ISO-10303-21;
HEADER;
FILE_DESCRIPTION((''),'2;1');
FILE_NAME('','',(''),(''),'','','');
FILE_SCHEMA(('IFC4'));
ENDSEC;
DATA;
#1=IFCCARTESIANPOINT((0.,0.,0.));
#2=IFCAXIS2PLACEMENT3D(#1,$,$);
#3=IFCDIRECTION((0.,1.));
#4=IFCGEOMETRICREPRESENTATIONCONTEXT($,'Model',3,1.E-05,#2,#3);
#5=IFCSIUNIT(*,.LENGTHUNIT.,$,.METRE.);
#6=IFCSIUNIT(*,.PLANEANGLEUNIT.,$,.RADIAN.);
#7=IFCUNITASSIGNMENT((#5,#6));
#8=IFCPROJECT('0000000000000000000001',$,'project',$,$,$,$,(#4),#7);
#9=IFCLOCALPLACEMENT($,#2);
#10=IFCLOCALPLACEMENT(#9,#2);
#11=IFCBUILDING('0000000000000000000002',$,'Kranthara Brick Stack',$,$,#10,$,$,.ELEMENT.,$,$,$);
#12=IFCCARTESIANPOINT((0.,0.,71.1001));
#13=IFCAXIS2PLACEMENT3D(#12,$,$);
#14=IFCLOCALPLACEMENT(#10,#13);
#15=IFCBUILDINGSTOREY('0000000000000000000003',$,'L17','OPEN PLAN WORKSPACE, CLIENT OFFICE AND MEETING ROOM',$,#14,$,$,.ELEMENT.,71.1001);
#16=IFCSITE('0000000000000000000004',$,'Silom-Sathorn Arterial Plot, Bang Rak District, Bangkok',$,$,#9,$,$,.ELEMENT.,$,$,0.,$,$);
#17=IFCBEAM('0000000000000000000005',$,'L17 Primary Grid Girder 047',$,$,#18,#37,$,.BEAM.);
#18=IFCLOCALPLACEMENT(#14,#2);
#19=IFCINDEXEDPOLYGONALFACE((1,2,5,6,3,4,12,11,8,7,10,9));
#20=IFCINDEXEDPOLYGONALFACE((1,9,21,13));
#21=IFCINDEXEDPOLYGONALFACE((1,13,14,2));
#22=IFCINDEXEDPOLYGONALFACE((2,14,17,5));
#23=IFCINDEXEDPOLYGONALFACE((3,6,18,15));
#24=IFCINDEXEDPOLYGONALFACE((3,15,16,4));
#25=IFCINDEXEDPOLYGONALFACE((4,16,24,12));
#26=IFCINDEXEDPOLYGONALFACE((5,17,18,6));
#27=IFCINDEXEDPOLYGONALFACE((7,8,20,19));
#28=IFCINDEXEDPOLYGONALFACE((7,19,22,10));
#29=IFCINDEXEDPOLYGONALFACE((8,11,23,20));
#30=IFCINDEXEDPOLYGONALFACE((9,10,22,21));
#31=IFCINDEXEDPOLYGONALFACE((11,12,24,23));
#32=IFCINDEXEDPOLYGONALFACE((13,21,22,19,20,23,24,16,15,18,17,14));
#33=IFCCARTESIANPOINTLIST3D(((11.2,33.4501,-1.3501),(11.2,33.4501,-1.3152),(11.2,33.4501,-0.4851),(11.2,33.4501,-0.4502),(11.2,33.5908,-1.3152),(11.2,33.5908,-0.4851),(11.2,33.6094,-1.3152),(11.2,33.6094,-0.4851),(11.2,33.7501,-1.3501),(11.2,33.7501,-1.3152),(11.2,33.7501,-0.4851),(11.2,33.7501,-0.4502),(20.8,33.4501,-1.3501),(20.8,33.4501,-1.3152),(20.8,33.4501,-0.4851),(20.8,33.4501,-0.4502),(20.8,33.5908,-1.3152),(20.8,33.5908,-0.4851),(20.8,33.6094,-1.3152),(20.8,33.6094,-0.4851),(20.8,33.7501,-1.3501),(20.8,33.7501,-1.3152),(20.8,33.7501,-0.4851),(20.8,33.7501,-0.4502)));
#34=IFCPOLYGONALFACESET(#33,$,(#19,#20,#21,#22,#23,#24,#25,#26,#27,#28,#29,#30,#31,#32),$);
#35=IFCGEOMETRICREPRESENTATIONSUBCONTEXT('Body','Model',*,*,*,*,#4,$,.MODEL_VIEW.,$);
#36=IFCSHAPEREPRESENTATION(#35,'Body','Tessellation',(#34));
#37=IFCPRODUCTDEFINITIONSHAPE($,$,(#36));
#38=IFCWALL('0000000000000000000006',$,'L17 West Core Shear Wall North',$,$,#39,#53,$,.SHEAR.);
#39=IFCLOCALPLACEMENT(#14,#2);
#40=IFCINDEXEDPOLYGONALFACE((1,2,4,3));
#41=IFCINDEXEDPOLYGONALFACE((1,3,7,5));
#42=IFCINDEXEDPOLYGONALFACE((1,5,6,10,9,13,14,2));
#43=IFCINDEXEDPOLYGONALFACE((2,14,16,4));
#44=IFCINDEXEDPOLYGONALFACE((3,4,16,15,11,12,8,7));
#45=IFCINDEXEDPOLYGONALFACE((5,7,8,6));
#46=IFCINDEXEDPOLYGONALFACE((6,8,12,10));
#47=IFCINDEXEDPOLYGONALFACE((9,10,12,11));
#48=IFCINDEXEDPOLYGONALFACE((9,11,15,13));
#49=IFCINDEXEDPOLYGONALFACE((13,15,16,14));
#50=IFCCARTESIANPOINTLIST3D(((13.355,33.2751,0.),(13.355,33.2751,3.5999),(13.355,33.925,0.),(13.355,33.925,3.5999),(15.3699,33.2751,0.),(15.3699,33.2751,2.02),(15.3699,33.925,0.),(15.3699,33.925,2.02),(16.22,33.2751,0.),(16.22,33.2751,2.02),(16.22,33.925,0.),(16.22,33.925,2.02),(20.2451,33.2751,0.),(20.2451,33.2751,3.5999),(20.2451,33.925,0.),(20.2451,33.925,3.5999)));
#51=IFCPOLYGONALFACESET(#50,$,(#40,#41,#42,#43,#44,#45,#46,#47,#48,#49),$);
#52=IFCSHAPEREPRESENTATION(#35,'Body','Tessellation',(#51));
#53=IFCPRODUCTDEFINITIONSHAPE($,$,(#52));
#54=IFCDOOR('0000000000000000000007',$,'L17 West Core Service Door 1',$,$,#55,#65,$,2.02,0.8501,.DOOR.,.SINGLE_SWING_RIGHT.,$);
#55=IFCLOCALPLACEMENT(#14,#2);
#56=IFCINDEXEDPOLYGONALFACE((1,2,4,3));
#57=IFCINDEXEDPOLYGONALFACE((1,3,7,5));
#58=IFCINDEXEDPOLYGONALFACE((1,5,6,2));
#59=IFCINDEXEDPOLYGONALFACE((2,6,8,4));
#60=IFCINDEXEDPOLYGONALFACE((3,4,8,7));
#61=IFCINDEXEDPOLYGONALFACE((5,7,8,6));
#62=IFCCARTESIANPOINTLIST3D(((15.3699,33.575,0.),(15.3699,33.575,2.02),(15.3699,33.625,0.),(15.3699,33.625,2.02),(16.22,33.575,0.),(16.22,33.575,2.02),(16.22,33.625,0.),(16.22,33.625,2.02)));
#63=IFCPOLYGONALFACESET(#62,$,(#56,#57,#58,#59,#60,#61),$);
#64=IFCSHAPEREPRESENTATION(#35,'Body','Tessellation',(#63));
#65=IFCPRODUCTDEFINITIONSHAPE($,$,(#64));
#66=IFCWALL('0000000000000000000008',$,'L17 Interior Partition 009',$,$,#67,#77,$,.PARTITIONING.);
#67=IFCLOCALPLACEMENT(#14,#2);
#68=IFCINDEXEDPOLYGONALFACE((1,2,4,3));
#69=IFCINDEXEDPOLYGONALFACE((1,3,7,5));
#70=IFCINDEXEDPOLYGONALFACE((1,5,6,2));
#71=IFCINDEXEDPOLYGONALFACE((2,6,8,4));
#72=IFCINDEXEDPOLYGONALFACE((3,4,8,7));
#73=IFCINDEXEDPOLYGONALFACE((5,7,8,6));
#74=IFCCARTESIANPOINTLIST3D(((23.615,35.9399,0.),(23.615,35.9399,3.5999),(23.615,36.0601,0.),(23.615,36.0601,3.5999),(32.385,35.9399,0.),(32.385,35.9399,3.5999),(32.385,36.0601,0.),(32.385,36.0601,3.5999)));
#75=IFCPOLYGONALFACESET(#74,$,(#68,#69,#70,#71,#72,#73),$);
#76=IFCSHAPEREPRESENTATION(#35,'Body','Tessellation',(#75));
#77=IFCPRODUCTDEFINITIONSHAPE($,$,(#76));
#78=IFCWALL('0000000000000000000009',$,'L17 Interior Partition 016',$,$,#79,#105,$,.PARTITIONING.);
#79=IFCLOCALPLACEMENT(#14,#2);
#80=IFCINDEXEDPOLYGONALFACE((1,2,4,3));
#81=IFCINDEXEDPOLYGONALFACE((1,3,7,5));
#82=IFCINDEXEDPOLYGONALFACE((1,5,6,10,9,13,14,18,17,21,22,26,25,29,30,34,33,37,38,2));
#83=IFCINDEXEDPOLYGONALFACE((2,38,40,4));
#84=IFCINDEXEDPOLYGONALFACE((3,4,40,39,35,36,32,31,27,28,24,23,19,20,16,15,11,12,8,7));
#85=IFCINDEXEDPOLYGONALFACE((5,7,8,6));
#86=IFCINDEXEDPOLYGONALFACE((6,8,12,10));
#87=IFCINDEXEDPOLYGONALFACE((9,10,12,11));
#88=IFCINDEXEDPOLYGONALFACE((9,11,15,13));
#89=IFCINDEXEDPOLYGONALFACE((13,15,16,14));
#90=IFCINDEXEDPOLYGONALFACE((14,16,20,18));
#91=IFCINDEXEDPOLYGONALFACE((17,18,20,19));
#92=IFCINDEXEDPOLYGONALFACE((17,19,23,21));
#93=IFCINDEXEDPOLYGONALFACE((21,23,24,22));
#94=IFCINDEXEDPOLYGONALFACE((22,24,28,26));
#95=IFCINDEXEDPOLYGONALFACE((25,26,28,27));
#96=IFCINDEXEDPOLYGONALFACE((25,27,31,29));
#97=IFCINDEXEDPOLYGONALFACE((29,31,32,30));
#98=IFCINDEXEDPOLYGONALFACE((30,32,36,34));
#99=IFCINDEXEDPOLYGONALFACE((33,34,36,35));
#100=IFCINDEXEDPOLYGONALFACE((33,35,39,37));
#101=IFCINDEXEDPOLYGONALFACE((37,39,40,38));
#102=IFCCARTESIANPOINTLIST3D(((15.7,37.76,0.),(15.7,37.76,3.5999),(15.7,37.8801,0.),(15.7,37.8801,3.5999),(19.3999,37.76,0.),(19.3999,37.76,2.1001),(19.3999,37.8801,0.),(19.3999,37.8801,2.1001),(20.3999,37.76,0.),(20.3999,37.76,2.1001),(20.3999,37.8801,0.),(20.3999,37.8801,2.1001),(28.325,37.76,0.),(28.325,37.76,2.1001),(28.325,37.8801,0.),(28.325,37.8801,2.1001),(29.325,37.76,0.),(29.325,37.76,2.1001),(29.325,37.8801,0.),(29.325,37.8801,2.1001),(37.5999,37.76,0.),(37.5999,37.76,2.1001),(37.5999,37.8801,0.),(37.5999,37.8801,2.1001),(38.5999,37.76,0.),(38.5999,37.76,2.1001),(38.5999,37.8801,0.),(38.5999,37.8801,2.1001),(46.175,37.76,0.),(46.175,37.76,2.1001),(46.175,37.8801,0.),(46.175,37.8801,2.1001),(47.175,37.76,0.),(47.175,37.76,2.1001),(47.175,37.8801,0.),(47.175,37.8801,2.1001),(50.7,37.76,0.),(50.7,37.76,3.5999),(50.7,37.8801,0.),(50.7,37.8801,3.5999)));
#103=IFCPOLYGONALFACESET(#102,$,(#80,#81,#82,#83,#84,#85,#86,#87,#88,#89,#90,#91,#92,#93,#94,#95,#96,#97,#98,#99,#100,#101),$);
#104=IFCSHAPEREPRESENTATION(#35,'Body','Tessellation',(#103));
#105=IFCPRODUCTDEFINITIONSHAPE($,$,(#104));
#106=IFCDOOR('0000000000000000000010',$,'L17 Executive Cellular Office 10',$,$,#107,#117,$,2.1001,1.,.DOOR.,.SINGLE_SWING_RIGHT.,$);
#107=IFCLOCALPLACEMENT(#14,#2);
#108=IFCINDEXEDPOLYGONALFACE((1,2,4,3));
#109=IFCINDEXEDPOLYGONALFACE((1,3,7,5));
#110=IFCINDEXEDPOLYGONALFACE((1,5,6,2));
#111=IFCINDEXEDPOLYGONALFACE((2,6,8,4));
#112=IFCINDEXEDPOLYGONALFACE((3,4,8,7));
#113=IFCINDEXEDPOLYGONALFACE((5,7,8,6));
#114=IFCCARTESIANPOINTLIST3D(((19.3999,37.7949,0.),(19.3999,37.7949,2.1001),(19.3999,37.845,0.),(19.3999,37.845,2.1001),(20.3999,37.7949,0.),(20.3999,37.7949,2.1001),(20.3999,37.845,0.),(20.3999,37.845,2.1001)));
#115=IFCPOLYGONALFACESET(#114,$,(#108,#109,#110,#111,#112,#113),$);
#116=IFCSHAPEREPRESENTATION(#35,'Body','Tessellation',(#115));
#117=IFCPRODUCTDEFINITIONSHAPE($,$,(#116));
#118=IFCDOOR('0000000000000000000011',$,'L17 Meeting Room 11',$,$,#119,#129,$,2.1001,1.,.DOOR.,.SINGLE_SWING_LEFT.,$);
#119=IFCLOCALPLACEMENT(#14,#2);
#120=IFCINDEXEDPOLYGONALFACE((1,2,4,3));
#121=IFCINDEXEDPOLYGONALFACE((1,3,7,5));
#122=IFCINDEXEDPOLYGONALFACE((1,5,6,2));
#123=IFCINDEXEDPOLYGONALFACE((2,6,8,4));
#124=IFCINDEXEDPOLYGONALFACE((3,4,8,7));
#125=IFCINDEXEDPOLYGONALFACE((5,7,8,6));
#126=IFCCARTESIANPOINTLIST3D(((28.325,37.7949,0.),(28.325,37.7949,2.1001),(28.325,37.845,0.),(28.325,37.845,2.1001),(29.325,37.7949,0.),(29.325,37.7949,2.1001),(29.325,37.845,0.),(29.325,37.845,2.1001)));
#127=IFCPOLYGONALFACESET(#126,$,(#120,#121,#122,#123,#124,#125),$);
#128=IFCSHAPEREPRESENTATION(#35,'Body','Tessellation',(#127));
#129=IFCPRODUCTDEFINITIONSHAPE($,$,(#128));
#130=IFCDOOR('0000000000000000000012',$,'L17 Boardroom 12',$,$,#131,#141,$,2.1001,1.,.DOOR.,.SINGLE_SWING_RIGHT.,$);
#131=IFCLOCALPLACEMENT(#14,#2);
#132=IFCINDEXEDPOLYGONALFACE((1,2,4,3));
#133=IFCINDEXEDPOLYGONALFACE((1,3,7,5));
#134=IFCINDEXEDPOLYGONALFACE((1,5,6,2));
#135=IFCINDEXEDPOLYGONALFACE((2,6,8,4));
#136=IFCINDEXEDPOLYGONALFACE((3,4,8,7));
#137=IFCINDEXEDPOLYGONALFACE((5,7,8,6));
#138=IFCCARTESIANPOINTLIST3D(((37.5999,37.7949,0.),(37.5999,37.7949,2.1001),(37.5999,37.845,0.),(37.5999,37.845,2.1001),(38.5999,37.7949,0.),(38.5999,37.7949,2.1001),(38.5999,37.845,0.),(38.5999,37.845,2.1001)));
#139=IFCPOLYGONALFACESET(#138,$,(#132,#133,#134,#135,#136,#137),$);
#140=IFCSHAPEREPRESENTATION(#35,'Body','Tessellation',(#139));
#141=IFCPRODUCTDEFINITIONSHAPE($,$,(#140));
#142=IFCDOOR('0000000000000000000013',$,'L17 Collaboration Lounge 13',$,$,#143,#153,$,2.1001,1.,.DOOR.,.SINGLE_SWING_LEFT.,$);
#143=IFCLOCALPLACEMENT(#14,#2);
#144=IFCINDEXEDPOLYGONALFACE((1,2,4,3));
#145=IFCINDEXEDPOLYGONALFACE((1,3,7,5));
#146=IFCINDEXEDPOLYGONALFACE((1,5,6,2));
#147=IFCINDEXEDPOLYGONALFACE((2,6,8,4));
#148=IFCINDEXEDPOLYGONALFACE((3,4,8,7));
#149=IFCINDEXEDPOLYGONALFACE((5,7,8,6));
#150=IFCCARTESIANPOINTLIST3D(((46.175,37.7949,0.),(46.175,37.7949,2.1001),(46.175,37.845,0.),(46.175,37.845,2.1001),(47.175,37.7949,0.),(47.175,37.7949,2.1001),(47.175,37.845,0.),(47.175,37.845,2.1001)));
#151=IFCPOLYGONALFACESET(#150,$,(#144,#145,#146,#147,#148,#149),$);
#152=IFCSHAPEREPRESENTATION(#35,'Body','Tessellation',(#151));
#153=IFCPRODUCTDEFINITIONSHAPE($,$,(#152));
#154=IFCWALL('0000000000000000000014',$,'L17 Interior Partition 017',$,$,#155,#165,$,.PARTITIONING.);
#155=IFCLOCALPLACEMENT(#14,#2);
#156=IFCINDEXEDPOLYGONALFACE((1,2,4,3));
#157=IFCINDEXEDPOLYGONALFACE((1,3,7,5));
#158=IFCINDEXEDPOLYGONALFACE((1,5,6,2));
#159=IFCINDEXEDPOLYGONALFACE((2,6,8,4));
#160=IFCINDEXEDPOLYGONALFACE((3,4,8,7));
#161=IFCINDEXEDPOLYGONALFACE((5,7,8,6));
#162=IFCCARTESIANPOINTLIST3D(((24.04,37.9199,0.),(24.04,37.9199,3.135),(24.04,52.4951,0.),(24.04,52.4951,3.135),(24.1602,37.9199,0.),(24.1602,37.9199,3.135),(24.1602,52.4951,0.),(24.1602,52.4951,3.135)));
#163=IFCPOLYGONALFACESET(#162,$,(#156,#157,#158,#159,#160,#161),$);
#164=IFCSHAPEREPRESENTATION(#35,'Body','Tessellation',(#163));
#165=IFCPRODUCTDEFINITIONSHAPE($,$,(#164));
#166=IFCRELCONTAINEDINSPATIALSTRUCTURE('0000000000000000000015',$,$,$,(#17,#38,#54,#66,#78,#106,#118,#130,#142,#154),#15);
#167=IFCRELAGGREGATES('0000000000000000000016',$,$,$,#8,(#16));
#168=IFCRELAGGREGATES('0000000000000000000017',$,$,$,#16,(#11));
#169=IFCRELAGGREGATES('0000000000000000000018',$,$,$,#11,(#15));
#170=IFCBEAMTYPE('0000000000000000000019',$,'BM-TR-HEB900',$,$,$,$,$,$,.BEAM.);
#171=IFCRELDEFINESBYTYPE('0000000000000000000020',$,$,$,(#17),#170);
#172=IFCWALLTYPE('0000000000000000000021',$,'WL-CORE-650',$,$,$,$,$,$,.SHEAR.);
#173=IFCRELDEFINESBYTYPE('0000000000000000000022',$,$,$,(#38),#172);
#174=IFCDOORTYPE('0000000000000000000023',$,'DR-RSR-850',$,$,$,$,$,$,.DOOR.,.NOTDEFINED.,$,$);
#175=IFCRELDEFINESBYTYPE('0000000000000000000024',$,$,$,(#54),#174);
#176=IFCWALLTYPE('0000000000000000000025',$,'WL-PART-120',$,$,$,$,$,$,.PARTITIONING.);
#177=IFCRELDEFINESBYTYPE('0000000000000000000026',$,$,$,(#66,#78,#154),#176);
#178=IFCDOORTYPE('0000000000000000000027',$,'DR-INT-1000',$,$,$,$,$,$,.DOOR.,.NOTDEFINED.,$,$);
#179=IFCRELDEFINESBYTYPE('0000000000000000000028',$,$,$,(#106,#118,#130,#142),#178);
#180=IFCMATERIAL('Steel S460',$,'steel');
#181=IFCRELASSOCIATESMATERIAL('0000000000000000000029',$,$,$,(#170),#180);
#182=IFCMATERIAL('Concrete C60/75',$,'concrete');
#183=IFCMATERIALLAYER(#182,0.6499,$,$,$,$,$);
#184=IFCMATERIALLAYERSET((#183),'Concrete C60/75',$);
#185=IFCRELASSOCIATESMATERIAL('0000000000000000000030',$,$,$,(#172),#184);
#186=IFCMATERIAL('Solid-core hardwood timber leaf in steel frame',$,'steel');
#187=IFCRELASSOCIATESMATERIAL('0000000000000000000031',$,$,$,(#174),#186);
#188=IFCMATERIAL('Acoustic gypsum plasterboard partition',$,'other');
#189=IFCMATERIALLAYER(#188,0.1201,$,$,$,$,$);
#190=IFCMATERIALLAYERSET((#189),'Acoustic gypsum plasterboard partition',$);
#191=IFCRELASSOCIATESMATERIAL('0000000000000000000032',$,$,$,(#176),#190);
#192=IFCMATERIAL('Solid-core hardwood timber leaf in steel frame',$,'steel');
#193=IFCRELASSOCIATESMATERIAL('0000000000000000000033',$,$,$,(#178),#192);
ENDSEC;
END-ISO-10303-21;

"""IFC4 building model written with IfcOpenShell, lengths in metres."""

from ifc_helpers import new_model, si_unit, direction, frame, frame_2d, origin, origin_2d, place, context, subcontext, project, spatial, rectangle, i_section, extrude, material, layer, layer_set, material_profile, profile_set, type_object, element, fill, save


model = new_model("IFC4")

# Units and contexts
model_context = context("Model", 3, precision=1e-05, world=origin(), true_north=direction((0.0, 1.0)))
body_context = subcontext(model_context, "Body", "Model", "MODEL_VIEW")
ifc_project = project(units=[si_unit("LENGTHUNIT", "METRE"), si_unit("PLANEANGLEUNIT", "RADIAN")], contexts=[model_context])

# Site, building, storey
site_placement = place(None, origin())
site = spatial("IfcSite", under=ifc_project, at=site_placement, Name="Silom-Sathorn Arterial Plot, Bang Rak District, Bangkok", CompositionType="ELEMENT", RefElevation=0.0)
building_placement = place(site_placement, origin())
building = spatial("IfcBuilding", under=site, at=building_placement, Name="Kranthara Brick Stack", CompositionType="ELEMENT")
storey_placement = place(building_placement, frame((0.0, 0.0, 71.1001)))
storey = spatial("IfcBuildingStorey", under=building, at=storey_placement, Name="L17", Description="OPEN PLAN WORKSPACE, CLIENT OFFICE AND MEETING ROOM", CompositionType="ELEMENT", Elevation=71.1001)

# Beam
ifc_material_1 = material(Name="Steel S460", Category="steel")
ifc_material_profile_1 = material_profile(ifc_material_1, i_section(OverallWidth=0.3, OverallDepth=0.8999, WebThickness=0.0186, FlangeThickness=0.0349, at=origin_2d()), Name="HEB 900")
ifc_profile_set_1 = profile_set([ifc_material_profile_1], Name="Steel S460")
beam_type_1 = type_object("IfcBeamType", Name="BM-TR-HEB900", PredefinedType="BEAM", material=ifc_profile_set_1)
beam_1_placement = place(storey_placement, frame((11.2, 33.6001, -0.9001), z_axis=(1.0, 0.0, 0.0), x_axis=(0.0, 1.0, 0.0)))
element("IfcBeam", 1, at=beam_1_placement, inside=storey, type_object=beam_type_1, Name="L17 Primary Grid Girder 047", PredefinedType="BEAM", context=body_context, shape_type="SweptSolid", body=[
    extrude(i_section(OverallWidth=0.3, OverallDepth=0.8999, WebThickness=0.0186, FlangeThickness=0.0349, at=origin_2d()), origin(), (0.0, 0.0, 1.0), 9.6001),
])

# Wall, opening, door
ifc_material_2 = material(Name="Concrete C60/75", Category="concrete")
ifc_layer_1 = layer(ifc_material_2, 0.6499)
ifc_layer_set_1 = layer_set([ifc_layer_1], Name="Concrete C60/75")
wall_type_1 = type_object("IfcWallType", Name="WL-CORE-650", PredefinedType="SHEAR", material=ifc_layer_set_1)
wall_1_placement = place(storey_placement, frame((13.355, 33.6001, 0.0), z_axis=(0.0, 0.0, 1.0), x_axis=(1.0, 0.0, 0.0)))
wall_1 = element("IfcWall", 2, at=wall_1_placement, inside=storey, type_object=wall_type_1, Name="L17 West Core Shear Wall North", PredefinedType="SHEAR", context=body_context, shape_type="SweptSolid", body=[
    extrude(rectangle(XDim=6.8901, YDim=0.6499, at=frame_2d((3.4451, 0.0))), origin(), (0.0, 0.0, 1.0), 3.5999),
])
opening_1_placement = place(wall_1_placement, frame((2.0149, 0.0, 0.0)))
opening_1 = element("IfcOpeningElement", 3, at=opening_1_placement, cuts=wall_1, PredefinedType="OPENING", context=body_context, shape_type="SweptSolid", body=[
    extrude(rectangle(XDim=0.8501, YDim=2.02, at=frame_2d((0.425, 1.01))), frame((0.0, 0.335, 0.0), z_axis=(0.0, -1.0, 0.0), x_axis=(1.0, 0.0, 0.0)), (0.0, 0.0, 1.0), 0.6699),
])
ifc_material_3 = material(Name="Solid-core hardwood timber leaf in steel frame", Category="steel")
door_type_1 = type_object("IfcDoorType", Name="DR-RSR-850", OperationType="NOTDEFINED", PredefinedType="DOOR", material=ifc_material_3)
door_1_placement = place(opening_1_placement, origin())
door_1 = element("IfcDoor", 4, at=door_1_placement, inside=storey, type_object=door_type_1, Name="L17 West Core Service Door 1", OperationType="SINGLE_SWING_RIGHT", OverallHeight=2.02, OverallWidth=0.8501, PredefinedType="DOOR", context=body_context, shape_type="SweptSolid", body=[
    extrude(rectangle(XDim=0.8501, YDim=2.02, at=frame_2d((0.425, 1.01))), frame((0.0, 0.0249, 0.0), z_axis=(0.0, -1.0, 0.0), x_axis=(1.0, 0.0, 0.0)), (0.0, 0.0, 1.0), 0.05),
])
fill(opening_1, door_1)

# Wall
ifc_material_4 = material(Name="Acoustic gypsum plasterboard partition", Category="other")
ifc_layer_2 = layer(ifc_material_4, 0.1201)
ifc_layer_set_2 = layer_set([ifc_layer_2], Name="Acoustic gypsum plasterboard partition")
wall_type_2 = type_object("IfcWallType", Name="WL-PART-120", PredefinedType="PARTITIONING", material=ifc_layer_set_2)
wall_2_placement = place(storey_placement, frame((23.615, 36.0, 0.0), z_axis=(0.0, 0.0, 1.0), x_axis=(1.0, 0.0, 0.0)))
element("IfcWall", 5, at=wall_2_placement, inside=storey, type_object=wall_type_2, Name="L17 Interior Partition 009", PredefinedType="PARTITIONING", context=body_context, shape_type="SweptSolid", body=[
    extrude(rectangle(XDim=8.77, YDim=0.1201, at=frame_2d((4.385, 0.0))), origin(), (0.0, 0.0, 1.0), 3.5999),
])

# Wall, openings, doors
wall_3_placement = place(storey_placement, frame((15.7, 37.8201, 0.0), z_axis=(0.0, 0.0, 1.0), x_axis=(1.0, 0.0, 0.0)))
wall_3 = element("IfcWall", 6, at=wall_3_placement, inside=storey, type_object=wall_type_2, Name="L17 Interior Partition 016", PredefinedType="PARTITIONING", context=body_context, shape_type="SweptSolid", body=[
    extrude(rectangle(XDim=35.0, YDim=0.1201, at=frame_2d((17.5, 0.0))), origin(), (0.0, 0.0, 1.0), 3.5999),
])
opening_2_placement = place(wall_3_placement, frame((3.7, 0.0, 0.0)))
opening_2 = element("IfcOpeningElement", 7, at=opening_2_placement, cuts=wall_3, PredefinedType="OPENING", context=body_context, shape_type="SweptSolid", body=[
    extrude(rectangle(XDim=1.0, YDim=2.1001, at=frame_2d((0.5, 1.05))), frame((0.0, 0.0701, 0.0), z_axis=(0.0, -1.0, 0.0), x_axis=(1.0, 0.0, 0.0)), (0.0, 0.0, 1.0), 0.1401),
])
opening_3_placement = place(wall_3_placement, frame((12.625, 0.0, 0.0)))
opening_3 = element("IfcOpeningElement", 8, at=opening_3_placement, cuts=wall_3, PredefinedType="OPENING", context=body_context, shape_type="SweptSolid", body=[
    extrude(rectangle(XDim=1.0, YDim=2.1001, at=frame_2d((0.5, 1.05))), frame((0.0, 0.0701, 0.0), z_axis=(0.0, -1.0, 0.0), x_axis=(1.0, 0.0, 0.0)), (0.0, 0.0, 1.0), 0.1401),
])
opening_4_placement = place(wall_3_placement, frame((21.8999, 0.0, 0.0)))
opening_4 = element("IfcOpeningElement", 9, at=opening_4_placement, cuts=wall_3, PredefinedType="OPENING", context=body_context, shape_type="SweptSolid", body=[
    extrude(rectangle(XDim=1.0, YDim=2.1001, at=frame_2d((0.5, 1.05))), frame((0.0, 0.0701, 0.0), z_axis=(0.0, -1.0, 0.0), x_axis=(1.0, 0.0, 0.0)), (0.0, 0.0, 1.0), 0.1401),
])
opening_5_placement = place(wall_3_placement, frame((30.4751, 0.0, 0.0)))
opening_5 = element("IfcOpeningElement", 10, at=opening_5_placement, cuts=wall_3, PredefinedType="OPENING", context=body_context, shape_type="SweptSolid", body=[
    extrude(rectangle(XDim=1.0, YDim=2.1001, at=frame_2d((0.5, 1.05))), frame((0.0, 0.0701, 0.0), z_axis=(0.0, -1.0, 0.0), x_axis=(1.0, 0.0, 0.0)), (0.0, 0.0, 1.0), 0.1401),
])
ifc_material_5 = material(Name="Solid-core hardwood timber leaf in steel frame", Category="steel")
door_type_2 = type_object("IfcDoorType", Name="DR-INT-1000", OperationType="NOTDEFINED", PredefinedType="DOOR", material=ifc_material_5)
door_2_placement = place(opening_2_placement, origin())
door_2 = element("IfcDoor", 11, at=door_2_placement, inside=storey, type_object=door_type_2, Name="L17 Executive Cellular Office 10", OperationType="SINGLE_SWING_RIGHT", OverallHeight=2.1001, OverallWidth=1.0, PredefinedType="DOOR", context=body_context, shape_type="SweptSolid", body=[
    extrude(rectangle(XDim=1.0, YDim=2.1001, at=frame_2d((0.5, 1.05))), frame((0.0, 0.0249, 0.0), z_axis=(0.0, -1.0, 0.0), x_axis=(1.0, 0.0, 0.0)), (0.0, 0.0, 1.0), 0.05),
])
fill(opening_2, door_2)
door_3_placement = place(opening_3_placement, origin())
door_3 = element("IfcDoor", 12, at=door_3_placement, inside=storey, type_object=door_type_2, Name="L17 Meeting Room 11", OperationType="SINGLE_SWING_LEFT", OverallHeight=2.1001, OverallWidth=1.0, PredefinedType="DOOR", context=body_context, shape_type="SweptSolid", body=[
    extrude(rectangle(XDim=1.0, YDim=2.1001, at=frame_2d((0.5, 1.05))), frame((0.0, 0.0249, 0.0), z_axis=(0.0, -1.0, 0.0), x_axis=(1.0, 0.0, 0.0)), (0.0, 0.0, 1.0), 0.05),
])
fill(opening_3, door_3)
door_4_placement = place(opening_4_placement, origin())
door_4 = element("IfcDoor", 13, at=door_4_placement, inside=storey, type_object=door_type_2, Name="L17 Boardroom 12", OperationType="SINGLE_SWING_RIGHT", OverallHeight=2.1001, OverallWidth=1.0, PredefinedType="DOOR", context=body_context, shape_type="SweptSolid", body=[
    extrude(rectangle(XDim=1.0, YDim=2.1001, at=frame_2d((0.5, 1.05))), frame((0.0, 0.0249, 0.0), z_axis=(0.0, -1.0, 0.0), x_axis=(1.0, 0.0, 0.0)), (0.0, 0.0, 1.0), 0.05),
])
fill(opening_4, door_4)
door_5_placement = place(opening_5_placement, origin())
door_5 = element("IfcDoor", 14, at=door_5_placement, inside=storey, type_object=door_type_2, Name="L17 Collaboration Lounge 13", OperationType="SINGLE_SWING_LEFT", OverallHeight=2.1001, OverallWidth=1.0, PredefinedType="DOOR", context=body_context, shape_type="SweptSolid", body=[
    extrude(rectangle(XDim=1.0, YDim=2.1001, at=frame_2d((0.5, 1.05))), frame((0.0, 0.0249, 0.0), z_axis=(0.0, -1.0, 0.0), x_axis=(1.0, 0.0, 0.0)), (0.0, 0.0, 1.0), 0.05),
])
fill(opening_5, door_5)

# Wall
wall_4_placement = place(storey_placement, frame((24.1001, 37.9199, 0.0), z_axis=(0.0, 0.0, 1.0), x_axis=(0.0, 1.0, 0.0)))
element("IfcWall", 15, at=wall_4_placement, inside=storey, type_object=wall_type_2, Name="L17 Interior Partition 017", PredefinedType="PARTITIONING", context=body_context, shape_type="SweptSolid", body=[
    extrude(rectangle(XDim=14.5752, YDim=0.1201, at=frame_2d((7.2876, 0.0))), origin(), (0.0, 0.0, 1.0), 3.135),
])

save(model, "model.ifc")
